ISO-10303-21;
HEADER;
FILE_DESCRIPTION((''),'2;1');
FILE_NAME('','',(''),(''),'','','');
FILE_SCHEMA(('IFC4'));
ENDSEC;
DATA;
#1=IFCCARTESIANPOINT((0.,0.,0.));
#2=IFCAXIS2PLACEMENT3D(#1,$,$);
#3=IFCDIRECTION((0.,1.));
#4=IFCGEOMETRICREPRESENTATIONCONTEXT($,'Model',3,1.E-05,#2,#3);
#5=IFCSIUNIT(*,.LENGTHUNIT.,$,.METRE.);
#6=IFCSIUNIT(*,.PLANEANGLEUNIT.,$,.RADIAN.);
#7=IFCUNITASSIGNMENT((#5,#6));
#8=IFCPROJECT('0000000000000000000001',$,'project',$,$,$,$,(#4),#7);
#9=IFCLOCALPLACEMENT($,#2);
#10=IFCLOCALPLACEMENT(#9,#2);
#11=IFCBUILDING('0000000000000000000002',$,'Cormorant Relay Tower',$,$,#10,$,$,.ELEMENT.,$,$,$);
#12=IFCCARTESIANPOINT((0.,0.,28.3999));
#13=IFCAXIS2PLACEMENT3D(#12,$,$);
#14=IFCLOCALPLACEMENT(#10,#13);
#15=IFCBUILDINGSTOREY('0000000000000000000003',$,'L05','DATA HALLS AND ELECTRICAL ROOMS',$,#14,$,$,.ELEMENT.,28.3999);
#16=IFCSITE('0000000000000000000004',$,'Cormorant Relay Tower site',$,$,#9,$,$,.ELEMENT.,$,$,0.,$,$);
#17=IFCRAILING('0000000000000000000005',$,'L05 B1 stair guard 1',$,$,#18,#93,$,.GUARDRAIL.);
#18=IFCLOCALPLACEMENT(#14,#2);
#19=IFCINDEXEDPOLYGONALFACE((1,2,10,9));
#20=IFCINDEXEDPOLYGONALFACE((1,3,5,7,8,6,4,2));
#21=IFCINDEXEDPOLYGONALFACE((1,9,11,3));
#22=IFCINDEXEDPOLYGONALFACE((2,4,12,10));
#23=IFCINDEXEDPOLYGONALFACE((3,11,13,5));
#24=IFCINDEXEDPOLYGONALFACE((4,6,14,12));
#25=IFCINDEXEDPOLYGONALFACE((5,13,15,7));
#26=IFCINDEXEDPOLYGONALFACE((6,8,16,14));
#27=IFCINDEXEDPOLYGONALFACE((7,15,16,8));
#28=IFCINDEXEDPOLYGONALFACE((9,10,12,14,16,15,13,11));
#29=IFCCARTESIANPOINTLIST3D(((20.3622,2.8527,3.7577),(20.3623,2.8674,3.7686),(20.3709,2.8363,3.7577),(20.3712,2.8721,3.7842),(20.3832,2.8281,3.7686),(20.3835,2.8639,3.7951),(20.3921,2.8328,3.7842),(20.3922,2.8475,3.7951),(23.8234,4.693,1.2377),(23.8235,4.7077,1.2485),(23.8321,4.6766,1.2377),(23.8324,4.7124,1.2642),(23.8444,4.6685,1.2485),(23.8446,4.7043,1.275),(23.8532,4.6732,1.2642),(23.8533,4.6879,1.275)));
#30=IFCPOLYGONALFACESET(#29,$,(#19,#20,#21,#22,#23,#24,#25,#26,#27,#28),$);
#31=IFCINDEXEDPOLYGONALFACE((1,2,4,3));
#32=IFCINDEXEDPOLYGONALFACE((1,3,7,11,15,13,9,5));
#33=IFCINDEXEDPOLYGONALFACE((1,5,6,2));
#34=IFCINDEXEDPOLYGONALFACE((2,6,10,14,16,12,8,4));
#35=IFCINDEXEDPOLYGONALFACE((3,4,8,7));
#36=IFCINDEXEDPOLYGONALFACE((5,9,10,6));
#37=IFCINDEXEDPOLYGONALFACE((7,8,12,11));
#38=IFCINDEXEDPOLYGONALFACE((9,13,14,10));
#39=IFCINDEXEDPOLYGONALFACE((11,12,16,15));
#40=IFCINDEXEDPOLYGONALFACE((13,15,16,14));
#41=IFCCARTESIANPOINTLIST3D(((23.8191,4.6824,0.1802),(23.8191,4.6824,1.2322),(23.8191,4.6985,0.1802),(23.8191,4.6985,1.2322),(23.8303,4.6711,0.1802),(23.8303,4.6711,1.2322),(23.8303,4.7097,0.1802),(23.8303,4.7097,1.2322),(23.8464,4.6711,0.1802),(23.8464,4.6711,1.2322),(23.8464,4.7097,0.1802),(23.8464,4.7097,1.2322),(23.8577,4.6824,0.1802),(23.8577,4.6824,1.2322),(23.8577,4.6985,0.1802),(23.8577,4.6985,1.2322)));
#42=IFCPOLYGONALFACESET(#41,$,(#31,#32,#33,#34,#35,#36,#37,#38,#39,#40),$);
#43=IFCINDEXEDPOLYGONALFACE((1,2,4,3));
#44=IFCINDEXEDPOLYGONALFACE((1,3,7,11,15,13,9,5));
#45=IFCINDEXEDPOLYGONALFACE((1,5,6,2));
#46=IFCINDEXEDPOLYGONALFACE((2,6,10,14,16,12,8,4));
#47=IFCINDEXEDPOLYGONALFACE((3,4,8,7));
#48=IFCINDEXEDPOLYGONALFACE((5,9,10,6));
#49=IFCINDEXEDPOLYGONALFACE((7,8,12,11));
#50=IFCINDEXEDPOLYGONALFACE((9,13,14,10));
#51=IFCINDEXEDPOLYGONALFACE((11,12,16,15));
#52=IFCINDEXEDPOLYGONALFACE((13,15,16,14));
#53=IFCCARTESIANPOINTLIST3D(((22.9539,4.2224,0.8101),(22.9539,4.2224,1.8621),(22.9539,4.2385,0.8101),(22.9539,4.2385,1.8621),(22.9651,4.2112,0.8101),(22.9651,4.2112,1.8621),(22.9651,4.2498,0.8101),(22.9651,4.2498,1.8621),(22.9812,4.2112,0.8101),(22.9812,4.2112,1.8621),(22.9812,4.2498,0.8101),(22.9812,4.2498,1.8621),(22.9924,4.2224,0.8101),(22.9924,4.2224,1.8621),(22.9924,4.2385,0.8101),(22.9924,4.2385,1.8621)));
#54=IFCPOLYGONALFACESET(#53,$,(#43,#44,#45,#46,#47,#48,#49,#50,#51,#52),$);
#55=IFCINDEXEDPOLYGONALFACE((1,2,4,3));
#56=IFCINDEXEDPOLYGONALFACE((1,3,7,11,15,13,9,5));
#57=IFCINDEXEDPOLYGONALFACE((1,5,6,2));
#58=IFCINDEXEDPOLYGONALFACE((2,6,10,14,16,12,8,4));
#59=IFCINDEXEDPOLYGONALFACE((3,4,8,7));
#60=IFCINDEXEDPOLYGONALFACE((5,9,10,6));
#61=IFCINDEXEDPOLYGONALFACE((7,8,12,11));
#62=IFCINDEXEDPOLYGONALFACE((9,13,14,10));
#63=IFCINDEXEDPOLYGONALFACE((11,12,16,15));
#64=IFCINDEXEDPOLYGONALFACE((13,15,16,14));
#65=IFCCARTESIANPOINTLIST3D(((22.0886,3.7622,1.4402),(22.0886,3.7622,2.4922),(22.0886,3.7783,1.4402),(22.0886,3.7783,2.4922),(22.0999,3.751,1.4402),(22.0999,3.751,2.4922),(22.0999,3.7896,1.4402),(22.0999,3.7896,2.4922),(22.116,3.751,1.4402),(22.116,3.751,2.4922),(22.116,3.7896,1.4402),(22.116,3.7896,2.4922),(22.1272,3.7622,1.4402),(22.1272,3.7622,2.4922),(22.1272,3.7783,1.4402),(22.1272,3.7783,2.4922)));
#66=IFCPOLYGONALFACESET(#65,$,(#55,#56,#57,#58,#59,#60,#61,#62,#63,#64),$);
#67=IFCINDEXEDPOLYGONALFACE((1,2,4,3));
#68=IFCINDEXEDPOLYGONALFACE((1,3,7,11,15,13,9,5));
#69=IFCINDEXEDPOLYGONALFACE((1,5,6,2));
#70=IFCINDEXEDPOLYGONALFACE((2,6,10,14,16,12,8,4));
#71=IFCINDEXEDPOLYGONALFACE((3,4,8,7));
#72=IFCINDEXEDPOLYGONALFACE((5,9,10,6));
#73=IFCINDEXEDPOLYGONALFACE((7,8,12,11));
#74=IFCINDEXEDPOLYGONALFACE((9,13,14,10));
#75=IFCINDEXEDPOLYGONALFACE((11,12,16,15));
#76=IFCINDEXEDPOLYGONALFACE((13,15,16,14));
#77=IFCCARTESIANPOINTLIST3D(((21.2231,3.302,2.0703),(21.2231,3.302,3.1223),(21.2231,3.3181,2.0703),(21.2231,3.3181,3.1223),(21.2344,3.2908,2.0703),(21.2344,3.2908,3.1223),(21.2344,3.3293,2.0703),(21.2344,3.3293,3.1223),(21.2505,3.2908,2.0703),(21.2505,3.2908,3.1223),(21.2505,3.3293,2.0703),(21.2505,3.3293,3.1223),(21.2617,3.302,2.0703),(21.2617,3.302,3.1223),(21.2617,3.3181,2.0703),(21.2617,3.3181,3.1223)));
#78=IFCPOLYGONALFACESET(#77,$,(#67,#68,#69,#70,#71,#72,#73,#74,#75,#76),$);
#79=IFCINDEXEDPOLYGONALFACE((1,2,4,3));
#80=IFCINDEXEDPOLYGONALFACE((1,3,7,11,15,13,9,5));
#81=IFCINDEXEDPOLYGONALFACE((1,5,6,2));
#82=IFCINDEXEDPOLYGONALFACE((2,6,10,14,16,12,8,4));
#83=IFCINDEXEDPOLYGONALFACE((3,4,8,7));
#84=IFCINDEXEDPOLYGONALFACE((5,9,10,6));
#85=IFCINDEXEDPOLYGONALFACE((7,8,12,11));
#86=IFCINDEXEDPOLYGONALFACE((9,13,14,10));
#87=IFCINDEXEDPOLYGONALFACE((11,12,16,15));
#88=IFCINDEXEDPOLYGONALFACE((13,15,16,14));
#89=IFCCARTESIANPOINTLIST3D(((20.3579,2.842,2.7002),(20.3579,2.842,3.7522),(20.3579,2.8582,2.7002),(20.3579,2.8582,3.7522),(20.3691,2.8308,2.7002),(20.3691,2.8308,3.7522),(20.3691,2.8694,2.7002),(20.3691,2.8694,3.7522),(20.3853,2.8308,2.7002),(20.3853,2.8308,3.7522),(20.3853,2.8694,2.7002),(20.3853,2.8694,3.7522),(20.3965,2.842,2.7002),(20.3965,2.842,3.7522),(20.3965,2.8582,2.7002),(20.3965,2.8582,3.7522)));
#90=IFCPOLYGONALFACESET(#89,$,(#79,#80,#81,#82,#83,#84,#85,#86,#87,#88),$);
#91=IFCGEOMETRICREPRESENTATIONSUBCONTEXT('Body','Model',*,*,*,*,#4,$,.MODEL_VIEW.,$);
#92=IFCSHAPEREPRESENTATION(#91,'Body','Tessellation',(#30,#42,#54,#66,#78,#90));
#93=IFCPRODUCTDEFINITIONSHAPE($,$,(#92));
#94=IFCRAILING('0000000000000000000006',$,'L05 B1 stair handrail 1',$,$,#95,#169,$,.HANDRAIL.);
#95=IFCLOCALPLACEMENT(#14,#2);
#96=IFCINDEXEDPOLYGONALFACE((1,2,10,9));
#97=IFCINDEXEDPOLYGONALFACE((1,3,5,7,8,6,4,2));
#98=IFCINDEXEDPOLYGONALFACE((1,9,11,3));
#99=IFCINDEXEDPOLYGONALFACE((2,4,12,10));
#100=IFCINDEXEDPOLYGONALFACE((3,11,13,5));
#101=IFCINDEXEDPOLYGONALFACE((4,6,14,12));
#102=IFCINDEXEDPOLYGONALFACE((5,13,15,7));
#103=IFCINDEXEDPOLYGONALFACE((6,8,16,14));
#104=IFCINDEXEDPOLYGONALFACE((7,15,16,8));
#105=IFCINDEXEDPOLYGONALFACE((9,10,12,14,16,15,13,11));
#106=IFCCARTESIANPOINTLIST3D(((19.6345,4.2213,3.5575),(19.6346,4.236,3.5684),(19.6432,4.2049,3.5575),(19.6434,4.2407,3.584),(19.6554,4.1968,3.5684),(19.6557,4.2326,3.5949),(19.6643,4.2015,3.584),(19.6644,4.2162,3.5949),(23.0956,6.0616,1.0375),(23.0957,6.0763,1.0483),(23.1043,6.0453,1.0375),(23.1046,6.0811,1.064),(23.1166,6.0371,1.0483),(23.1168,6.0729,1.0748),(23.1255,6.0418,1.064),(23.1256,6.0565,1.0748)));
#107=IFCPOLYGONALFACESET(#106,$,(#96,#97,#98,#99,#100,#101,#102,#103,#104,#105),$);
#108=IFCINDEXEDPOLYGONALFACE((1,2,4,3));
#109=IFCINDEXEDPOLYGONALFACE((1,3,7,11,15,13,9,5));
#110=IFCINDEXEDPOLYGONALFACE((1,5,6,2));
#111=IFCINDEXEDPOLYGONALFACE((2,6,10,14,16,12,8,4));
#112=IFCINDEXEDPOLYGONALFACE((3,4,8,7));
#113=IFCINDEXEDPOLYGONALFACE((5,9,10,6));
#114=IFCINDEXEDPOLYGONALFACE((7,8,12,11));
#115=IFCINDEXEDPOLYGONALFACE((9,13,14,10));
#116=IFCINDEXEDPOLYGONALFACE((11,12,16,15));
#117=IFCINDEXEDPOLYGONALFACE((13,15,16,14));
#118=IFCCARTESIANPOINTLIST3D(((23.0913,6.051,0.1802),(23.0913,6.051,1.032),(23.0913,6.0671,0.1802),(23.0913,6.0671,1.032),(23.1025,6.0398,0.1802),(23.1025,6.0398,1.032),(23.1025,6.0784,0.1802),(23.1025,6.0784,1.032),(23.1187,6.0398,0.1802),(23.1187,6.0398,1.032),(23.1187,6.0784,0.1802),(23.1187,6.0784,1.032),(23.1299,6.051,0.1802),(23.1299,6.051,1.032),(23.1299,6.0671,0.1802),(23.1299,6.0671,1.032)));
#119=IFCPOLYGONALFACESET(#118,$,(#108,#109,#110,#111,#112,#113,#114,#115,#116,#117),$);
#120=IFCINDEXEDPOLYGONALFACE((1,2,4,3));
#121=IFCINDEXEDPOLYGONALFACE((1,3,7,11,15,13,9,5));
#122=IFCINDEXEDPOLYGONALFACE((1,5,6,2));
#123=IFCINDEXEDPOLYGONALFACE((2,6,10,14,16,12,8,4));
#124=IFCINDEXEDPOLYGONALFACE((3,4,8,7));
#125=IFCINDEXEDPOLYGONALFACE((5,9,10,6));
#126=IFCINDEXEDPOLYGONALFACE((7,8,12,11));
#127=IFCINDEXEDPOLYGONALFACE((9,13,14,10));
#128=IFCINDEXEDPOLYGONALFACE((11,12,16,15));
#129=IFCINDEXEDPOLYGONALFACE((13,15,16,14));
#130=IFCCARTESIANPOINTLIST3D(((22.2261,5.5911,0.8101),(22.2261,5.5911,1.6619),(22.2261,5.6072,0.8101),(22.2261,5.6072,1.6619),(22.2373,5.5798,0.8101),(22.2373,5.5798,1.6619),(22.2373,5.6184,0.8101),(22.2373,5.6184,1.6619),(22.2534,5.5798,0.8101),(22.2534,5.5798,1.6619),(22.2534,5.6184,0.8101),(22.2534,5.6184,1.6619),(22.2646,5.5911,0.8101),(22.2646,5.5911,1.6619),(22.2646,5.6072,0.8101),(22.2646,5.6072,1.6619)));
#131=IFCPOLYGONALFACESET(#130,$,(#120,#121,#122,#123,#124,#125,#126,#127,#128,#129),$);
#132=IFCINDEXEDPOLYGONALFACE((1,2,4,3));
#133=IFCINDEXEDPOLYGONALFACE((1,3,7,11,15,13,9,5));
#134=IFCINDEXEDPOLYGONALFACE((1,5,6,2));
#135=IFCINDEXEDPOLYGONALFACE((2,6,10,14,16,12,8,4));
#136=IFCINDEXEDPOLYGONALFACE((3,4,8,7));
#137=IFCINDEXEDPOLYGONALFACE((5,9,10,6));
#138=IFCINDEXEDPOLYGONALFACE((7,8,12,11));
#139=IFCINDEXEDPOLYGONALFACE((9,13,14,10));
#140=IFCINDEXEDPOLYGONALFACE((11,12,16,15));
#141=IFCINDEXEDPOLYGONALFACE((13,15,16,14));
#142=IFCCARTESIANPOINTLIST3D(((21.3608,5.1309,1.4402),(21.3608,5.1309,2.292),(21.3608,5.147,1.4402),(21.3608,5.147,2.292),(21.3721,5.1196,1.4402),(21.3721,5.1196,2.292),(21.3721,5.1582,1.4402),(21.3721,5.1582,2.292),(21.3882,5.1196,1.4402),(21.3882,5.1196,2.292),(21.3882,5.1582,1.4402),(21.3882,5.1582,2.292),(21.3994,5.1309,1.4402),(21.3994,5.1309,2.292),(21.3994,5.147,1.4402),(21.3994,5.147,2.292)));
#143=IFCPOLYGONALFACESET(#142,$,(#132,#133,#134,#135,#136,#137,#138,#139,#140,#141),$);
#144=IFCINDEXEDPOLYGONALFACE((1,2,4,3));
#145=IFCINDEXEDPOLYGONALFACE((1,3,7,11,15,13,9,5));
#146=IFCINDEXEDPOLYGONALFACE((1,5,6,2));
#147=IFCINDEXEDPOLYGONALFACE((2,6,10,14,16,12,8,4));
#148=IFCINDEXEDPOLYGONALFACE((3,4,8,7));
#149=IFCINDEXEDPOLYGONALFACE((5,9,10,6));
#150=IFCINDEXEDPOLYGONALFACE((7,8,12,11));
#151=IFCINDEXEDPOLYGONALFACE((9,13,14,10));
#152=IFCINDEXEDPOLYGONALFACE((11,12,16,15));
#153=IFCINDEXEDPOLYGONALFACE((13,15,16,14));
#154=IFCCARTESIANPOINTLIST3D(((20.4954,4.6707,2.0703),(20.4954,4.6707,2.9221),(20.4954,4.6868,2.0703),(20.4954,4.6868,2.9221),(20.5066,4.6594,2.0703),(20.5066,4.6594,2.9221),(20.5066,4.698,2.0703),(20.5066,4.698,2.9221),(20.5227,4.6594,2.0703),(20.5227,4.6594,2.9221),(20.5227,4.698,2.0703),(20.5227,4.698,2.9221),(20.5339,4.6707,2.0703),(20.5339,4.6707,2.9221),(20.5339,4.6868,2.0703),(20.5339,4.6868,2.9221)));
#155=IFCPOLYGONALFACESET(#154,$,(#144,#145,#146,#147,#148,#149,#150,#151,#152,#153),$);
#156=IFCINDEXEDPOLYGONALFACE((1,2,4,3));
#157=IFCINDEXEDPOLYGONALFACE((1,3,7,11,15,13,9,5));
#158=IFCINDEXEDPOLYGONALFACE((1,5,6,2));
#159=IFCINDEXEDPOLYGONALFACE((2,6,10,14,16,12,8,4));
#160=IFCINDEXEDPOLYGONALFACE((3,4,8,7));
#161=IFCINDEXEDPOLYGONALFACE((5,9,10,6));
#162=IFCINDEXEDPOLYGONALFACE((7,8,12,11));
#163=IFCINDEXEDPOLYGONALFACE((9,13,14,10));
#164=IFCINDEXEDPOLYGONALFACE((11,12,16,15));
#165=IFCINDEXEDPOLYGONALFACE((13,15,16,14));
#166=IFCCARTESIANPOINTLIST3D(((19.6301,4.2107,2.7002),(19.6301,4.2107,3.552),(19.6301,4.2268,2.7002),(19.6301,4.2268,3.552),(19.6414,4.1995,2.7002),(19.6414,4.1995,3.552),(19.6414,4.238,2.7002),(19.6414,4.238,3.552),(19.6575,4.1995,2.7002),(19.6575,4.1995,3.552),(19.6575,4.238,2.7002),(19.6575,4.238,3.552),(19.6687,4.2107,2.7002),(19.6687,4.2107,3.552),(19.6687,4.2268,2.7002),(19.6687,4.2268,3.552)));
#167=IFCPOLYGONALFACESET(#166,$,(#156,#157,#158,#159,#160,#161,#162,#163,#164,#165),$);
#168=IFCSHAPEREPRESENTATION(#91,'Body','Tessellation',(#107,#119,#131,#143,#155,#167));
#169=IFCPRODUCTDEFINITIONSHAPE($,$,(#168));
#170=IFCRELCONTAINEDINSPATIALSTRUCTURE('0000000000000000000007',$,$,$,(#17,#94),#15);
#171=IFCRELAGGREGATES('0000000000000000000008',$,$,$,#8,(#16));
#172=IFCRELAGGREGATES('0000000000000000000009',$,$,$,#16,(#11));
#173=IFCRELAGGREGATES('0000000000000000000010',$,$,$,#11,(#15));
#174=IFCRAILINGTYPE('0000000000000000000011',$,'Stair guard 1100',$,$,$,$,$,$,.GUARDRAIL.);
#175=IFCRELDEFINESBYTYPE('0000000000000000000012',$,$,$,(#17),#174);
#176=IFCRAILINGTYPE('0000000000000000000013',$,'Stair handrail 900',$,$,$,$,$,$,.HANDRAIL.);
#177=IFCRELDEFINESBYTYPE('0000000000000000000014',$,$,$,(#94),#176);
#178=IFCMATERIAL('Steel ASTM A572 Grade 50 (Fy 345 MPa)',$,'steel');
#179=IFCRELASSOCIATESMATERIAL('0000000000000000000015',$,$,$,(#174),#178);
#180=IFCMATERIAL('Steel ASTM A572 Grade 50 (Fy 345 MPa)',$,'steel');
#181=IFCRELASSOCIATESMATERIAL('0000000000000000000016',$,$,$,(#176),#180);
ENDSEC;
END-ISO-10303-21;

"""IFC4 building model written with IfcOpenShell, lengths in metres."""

from ifc_helpers import new_model, si_unit, direction, frame, origin, place, context, subcontext, project, spatial, polyline, outline, extrude, material, type_object, element, save


model = new_model("IFC4")

# Units and contexts
model_context = context("Model", 3, precision=1e-05, world=origin(), true_north=direction((0.0, 1.0)))
body_context = subcontext(model_context, "Body", "Model", "MODEL_VIEW")
ifc_project = project(units=[si_unit("LENGTHUNIT", "METRE"), si_unit("PLANEANGLEUNIT", "RADIAN")], contexts=[model_context])

# Site, building, storey
site_placement = place(None, origin())
site = spatial("IfcSite", under=ifc_project, at=site_placement, Name="Cormorant Relay Tower site", CompositionType="ELEMENT", RefElevation=0.0)
building_placement = place(site_placement, origin())
building = spatial("IfcBuilding", under=site, at=building_placement, Name="Cormorant Relay Tower", CompositionType="ELEMENT")
storey_placement = place(building_placement, frame((0.0, 0.0, 28.3999)))
storey = spatial("IfcBuildingStorey", under=building, at=storey_placement, Name="L05", Description="DATA HALLS AND ELECTRICAL ROOMS", CompositionType="ELEMENT", Elevation=28.3999)

# Railings
ifc_material_1 = material(Name="Steel ASTM A572 Grade 50 (Fy 345 MPa)", Category="steel")
railing_type_1 = type_object("IfcRailingType", Name="Stair guard 1100", PredefinedType="GUARDRAIL", material=ifc_material_1)
railing_1_placement = place(storey_placement, frame((23.8384, 4.6904, 0.1802)))
element("IfcRailing", 1, at=railing_1_placement, inside=storey, type_object=railing_type_1, Name="L05 B1 stair guard 1", PredefinedType="GUARDRAIL", context=body_context, shape_type="SweptSolid", body=[
    extrude(outline(polyline([(0.0222, 0.0093), (0.0093, 0.0222), (-0.0093, 0.0222), (-0.0222, 0.0093), (-0.0222, -0.0093), (-0.0093, -0.0222), (0.0093, -0.0222), (0.0222, -0.0093), (0.0222, 0.0093)])), frame((0.0, 0.0, 1.0762), z_axis=(-0.742717, -0.394907, 0.540758), x_axis=(0.469469, -0.882949, 0.0)), (0.0, 0.0, 1.0), 4.6602),
    extrude(outline(polyline([(0.0193, 0.0081), (0.0081, 0.0193), (-0.0081, 0.0193), (-0.0193, 0.0081), (-0.0193, -0.0081), (-0.0081, -0.0193), (0.0081, -0.0193), (0.0193, -0.0081), (0.0193, 0.0081)])), origin(), (0.0, 0.0, 1.0), 1.052),
    extrude(outline(polyline([(0.0193, 0.0081), (0.0081, 0.0193), (-0.0081, 0.0193), (-0.0193, 0.0081), (-0.0193, -0.0081), (-0.0081, -0.0193), (0.0081, -0.0193), (0.0193, -0.0081), (0.0193, 0.0081)])), frame((-0.8652, -0.46, 0.6299)), (0.0, 0.0, 1.0), 1.052),
    extrude(outline(polyline([(0.0193, 0.0081), (0.0081, 0.0193), (-0.0081, 0.0193), (-0.0193, 0.0081), (-0.0193, -0.0081), (-0.0081, -0.0193), (0.0081, -0.0193), (0.0193, -0.0081), (0.0193, 0.0081)])), frame((-1.7305, -0.9202, 1.26)), (0.0, 0.0, 1.0), 1.052),
    extrude(outline(polyline([(0.0193, 0.0081), (0.0081, 0.0193), (-0.0081, 0.0193), (-0.0193, 0.0081), (-0.0193, -0.0081), (-0.0081, -0.0193), (0.0081, -0.0193), (0.0193, -0.0081), (0.0193, 0.0081)])), frame((-2.5959, -1.3804, 1.8901)), (0.0, 0.0, 1.0), 1.052),
    extrude(outline(polyline([(0.0193, 0.0081), (0.0081, 0.0193), (-0.0081, 0.0193), (-0.0193, 0.0081), (-0.0193, -0.0081), (-0.0081, -0.0193), (0.0081, -0.0193), (0.0193, -0.0081), (0.0193, 0.0081)])), frame((-3.4612, -1.8403, 2.52)), (0.0, 0.0, 1.0), 1.052),
])
ifc_material_2 = material(Name="Steel ASTM A572 Grade 50 (Fy 345 MPa)", Category="steel")
railing_type_2 = type_object("IfcRailingType", Name="Stair handrail 900", PredefinedType="HANDRAIL", material=ifc_material_2)
railing_2_placement = place(storey_placement, frame((23.1106, 6.0591, 0.1802)))
element("IfcRailing", 2, at=railing_2_placement, inside=storey, type_object=railing_type_2, Name="L05 B1 stair handrail 1", PredefinedType="HANDRAIL", context=body_context, shape_type="SweptSolid", body=[
    extrude(outline(polyline([(0.0222, 0.0093), (0.0093, 0.0222), (-0.0093, 0.0222), (-0.0222, 0.0093), (-0.0222, -0.0093), (-0.0093, -0.0222), (0.0093, -0.0222), (0.0222, -0.0093), (0.0222, 0.0093)])), frame((0.0, 0.0, 0.876), z_axis=(-0.742717, -0.394907, 0.540758), x_axis=(0.469469, -0.882949, 0.0)), (0.0, 0.0, 1.0), 4.6602),
    extrude(outline(polyline([(0.0193, 0.0081), (0.0081, 0.0193), (-0.0081, 0.0193), (-0.0193, 0.0081), (-0.0193, -0.0081), (-0.0081, -0.0193), (0.0081, -0.0193), (0.0193, -0.0081), (0.0193, 0.0081)])), origin(), (0.0, 0.0, 1.0), 0.8518),
    extrude(outline(polyline([(0.0193, 0.0081), (0.0081, 0.0193), (-0.0081, 0.0193), (-0.0193, 0.0081), (-0.0193, -0.0081), (-0.0081, -0.0193), (0.0081, -0.0193), (0.0193, -0.0081), (0.0193, 0.0081)])), frame((-0.8652, -0.46, 0.6299)), (0.0, 0.0, 1.0), 0.8518),
    extrude(outline(polyline([(0.0193, 0.0081), (0.0081, 0.0193), (-0.0081, 0.0193), (-0.0193, 0.0081), (-0.0193, -0.0081), (-0.0081, -0.0193), (0.0081, -0.0193), (0.0193, -0.0081), (0.0193, 0.0081)])), frame((-1.7305, -0.9202, 1.26)), (0.0, 0.0, 1.0), 0.8518),
    extrude(outline(polyline([(0.0193, 0.0081), (0.0081, 0.0193), (-0.0081, 0.0193), (-0.0193, 0.0081), (-0.0193, -0.0081), (-0.0081, -0.0193), (0.0081, -0.0193), (0.0193, -0.0081), (0.0193, 0.0081)])), frame((-2.5959, -1.3804, 1.8901)), (0.0, 0.0, 1.0), 0.8518),
    extrude(outline(polyline([(0.0193, 0.0081), (0.0081, 0.0193), (-0.0081, 0.0193), (-0.0193, 0.0081), (-0.0193, -0.0081), (-0.0081, -0.0193), (0.0081, -0.0193), (0.0193, -0.0081), (0.0193, 0.0081)])), frame((-3.4612, -1.8403, 2.52)), (0.0, 0.0, 1.0), 0.8518),
])

save(model, "model.ifc")
